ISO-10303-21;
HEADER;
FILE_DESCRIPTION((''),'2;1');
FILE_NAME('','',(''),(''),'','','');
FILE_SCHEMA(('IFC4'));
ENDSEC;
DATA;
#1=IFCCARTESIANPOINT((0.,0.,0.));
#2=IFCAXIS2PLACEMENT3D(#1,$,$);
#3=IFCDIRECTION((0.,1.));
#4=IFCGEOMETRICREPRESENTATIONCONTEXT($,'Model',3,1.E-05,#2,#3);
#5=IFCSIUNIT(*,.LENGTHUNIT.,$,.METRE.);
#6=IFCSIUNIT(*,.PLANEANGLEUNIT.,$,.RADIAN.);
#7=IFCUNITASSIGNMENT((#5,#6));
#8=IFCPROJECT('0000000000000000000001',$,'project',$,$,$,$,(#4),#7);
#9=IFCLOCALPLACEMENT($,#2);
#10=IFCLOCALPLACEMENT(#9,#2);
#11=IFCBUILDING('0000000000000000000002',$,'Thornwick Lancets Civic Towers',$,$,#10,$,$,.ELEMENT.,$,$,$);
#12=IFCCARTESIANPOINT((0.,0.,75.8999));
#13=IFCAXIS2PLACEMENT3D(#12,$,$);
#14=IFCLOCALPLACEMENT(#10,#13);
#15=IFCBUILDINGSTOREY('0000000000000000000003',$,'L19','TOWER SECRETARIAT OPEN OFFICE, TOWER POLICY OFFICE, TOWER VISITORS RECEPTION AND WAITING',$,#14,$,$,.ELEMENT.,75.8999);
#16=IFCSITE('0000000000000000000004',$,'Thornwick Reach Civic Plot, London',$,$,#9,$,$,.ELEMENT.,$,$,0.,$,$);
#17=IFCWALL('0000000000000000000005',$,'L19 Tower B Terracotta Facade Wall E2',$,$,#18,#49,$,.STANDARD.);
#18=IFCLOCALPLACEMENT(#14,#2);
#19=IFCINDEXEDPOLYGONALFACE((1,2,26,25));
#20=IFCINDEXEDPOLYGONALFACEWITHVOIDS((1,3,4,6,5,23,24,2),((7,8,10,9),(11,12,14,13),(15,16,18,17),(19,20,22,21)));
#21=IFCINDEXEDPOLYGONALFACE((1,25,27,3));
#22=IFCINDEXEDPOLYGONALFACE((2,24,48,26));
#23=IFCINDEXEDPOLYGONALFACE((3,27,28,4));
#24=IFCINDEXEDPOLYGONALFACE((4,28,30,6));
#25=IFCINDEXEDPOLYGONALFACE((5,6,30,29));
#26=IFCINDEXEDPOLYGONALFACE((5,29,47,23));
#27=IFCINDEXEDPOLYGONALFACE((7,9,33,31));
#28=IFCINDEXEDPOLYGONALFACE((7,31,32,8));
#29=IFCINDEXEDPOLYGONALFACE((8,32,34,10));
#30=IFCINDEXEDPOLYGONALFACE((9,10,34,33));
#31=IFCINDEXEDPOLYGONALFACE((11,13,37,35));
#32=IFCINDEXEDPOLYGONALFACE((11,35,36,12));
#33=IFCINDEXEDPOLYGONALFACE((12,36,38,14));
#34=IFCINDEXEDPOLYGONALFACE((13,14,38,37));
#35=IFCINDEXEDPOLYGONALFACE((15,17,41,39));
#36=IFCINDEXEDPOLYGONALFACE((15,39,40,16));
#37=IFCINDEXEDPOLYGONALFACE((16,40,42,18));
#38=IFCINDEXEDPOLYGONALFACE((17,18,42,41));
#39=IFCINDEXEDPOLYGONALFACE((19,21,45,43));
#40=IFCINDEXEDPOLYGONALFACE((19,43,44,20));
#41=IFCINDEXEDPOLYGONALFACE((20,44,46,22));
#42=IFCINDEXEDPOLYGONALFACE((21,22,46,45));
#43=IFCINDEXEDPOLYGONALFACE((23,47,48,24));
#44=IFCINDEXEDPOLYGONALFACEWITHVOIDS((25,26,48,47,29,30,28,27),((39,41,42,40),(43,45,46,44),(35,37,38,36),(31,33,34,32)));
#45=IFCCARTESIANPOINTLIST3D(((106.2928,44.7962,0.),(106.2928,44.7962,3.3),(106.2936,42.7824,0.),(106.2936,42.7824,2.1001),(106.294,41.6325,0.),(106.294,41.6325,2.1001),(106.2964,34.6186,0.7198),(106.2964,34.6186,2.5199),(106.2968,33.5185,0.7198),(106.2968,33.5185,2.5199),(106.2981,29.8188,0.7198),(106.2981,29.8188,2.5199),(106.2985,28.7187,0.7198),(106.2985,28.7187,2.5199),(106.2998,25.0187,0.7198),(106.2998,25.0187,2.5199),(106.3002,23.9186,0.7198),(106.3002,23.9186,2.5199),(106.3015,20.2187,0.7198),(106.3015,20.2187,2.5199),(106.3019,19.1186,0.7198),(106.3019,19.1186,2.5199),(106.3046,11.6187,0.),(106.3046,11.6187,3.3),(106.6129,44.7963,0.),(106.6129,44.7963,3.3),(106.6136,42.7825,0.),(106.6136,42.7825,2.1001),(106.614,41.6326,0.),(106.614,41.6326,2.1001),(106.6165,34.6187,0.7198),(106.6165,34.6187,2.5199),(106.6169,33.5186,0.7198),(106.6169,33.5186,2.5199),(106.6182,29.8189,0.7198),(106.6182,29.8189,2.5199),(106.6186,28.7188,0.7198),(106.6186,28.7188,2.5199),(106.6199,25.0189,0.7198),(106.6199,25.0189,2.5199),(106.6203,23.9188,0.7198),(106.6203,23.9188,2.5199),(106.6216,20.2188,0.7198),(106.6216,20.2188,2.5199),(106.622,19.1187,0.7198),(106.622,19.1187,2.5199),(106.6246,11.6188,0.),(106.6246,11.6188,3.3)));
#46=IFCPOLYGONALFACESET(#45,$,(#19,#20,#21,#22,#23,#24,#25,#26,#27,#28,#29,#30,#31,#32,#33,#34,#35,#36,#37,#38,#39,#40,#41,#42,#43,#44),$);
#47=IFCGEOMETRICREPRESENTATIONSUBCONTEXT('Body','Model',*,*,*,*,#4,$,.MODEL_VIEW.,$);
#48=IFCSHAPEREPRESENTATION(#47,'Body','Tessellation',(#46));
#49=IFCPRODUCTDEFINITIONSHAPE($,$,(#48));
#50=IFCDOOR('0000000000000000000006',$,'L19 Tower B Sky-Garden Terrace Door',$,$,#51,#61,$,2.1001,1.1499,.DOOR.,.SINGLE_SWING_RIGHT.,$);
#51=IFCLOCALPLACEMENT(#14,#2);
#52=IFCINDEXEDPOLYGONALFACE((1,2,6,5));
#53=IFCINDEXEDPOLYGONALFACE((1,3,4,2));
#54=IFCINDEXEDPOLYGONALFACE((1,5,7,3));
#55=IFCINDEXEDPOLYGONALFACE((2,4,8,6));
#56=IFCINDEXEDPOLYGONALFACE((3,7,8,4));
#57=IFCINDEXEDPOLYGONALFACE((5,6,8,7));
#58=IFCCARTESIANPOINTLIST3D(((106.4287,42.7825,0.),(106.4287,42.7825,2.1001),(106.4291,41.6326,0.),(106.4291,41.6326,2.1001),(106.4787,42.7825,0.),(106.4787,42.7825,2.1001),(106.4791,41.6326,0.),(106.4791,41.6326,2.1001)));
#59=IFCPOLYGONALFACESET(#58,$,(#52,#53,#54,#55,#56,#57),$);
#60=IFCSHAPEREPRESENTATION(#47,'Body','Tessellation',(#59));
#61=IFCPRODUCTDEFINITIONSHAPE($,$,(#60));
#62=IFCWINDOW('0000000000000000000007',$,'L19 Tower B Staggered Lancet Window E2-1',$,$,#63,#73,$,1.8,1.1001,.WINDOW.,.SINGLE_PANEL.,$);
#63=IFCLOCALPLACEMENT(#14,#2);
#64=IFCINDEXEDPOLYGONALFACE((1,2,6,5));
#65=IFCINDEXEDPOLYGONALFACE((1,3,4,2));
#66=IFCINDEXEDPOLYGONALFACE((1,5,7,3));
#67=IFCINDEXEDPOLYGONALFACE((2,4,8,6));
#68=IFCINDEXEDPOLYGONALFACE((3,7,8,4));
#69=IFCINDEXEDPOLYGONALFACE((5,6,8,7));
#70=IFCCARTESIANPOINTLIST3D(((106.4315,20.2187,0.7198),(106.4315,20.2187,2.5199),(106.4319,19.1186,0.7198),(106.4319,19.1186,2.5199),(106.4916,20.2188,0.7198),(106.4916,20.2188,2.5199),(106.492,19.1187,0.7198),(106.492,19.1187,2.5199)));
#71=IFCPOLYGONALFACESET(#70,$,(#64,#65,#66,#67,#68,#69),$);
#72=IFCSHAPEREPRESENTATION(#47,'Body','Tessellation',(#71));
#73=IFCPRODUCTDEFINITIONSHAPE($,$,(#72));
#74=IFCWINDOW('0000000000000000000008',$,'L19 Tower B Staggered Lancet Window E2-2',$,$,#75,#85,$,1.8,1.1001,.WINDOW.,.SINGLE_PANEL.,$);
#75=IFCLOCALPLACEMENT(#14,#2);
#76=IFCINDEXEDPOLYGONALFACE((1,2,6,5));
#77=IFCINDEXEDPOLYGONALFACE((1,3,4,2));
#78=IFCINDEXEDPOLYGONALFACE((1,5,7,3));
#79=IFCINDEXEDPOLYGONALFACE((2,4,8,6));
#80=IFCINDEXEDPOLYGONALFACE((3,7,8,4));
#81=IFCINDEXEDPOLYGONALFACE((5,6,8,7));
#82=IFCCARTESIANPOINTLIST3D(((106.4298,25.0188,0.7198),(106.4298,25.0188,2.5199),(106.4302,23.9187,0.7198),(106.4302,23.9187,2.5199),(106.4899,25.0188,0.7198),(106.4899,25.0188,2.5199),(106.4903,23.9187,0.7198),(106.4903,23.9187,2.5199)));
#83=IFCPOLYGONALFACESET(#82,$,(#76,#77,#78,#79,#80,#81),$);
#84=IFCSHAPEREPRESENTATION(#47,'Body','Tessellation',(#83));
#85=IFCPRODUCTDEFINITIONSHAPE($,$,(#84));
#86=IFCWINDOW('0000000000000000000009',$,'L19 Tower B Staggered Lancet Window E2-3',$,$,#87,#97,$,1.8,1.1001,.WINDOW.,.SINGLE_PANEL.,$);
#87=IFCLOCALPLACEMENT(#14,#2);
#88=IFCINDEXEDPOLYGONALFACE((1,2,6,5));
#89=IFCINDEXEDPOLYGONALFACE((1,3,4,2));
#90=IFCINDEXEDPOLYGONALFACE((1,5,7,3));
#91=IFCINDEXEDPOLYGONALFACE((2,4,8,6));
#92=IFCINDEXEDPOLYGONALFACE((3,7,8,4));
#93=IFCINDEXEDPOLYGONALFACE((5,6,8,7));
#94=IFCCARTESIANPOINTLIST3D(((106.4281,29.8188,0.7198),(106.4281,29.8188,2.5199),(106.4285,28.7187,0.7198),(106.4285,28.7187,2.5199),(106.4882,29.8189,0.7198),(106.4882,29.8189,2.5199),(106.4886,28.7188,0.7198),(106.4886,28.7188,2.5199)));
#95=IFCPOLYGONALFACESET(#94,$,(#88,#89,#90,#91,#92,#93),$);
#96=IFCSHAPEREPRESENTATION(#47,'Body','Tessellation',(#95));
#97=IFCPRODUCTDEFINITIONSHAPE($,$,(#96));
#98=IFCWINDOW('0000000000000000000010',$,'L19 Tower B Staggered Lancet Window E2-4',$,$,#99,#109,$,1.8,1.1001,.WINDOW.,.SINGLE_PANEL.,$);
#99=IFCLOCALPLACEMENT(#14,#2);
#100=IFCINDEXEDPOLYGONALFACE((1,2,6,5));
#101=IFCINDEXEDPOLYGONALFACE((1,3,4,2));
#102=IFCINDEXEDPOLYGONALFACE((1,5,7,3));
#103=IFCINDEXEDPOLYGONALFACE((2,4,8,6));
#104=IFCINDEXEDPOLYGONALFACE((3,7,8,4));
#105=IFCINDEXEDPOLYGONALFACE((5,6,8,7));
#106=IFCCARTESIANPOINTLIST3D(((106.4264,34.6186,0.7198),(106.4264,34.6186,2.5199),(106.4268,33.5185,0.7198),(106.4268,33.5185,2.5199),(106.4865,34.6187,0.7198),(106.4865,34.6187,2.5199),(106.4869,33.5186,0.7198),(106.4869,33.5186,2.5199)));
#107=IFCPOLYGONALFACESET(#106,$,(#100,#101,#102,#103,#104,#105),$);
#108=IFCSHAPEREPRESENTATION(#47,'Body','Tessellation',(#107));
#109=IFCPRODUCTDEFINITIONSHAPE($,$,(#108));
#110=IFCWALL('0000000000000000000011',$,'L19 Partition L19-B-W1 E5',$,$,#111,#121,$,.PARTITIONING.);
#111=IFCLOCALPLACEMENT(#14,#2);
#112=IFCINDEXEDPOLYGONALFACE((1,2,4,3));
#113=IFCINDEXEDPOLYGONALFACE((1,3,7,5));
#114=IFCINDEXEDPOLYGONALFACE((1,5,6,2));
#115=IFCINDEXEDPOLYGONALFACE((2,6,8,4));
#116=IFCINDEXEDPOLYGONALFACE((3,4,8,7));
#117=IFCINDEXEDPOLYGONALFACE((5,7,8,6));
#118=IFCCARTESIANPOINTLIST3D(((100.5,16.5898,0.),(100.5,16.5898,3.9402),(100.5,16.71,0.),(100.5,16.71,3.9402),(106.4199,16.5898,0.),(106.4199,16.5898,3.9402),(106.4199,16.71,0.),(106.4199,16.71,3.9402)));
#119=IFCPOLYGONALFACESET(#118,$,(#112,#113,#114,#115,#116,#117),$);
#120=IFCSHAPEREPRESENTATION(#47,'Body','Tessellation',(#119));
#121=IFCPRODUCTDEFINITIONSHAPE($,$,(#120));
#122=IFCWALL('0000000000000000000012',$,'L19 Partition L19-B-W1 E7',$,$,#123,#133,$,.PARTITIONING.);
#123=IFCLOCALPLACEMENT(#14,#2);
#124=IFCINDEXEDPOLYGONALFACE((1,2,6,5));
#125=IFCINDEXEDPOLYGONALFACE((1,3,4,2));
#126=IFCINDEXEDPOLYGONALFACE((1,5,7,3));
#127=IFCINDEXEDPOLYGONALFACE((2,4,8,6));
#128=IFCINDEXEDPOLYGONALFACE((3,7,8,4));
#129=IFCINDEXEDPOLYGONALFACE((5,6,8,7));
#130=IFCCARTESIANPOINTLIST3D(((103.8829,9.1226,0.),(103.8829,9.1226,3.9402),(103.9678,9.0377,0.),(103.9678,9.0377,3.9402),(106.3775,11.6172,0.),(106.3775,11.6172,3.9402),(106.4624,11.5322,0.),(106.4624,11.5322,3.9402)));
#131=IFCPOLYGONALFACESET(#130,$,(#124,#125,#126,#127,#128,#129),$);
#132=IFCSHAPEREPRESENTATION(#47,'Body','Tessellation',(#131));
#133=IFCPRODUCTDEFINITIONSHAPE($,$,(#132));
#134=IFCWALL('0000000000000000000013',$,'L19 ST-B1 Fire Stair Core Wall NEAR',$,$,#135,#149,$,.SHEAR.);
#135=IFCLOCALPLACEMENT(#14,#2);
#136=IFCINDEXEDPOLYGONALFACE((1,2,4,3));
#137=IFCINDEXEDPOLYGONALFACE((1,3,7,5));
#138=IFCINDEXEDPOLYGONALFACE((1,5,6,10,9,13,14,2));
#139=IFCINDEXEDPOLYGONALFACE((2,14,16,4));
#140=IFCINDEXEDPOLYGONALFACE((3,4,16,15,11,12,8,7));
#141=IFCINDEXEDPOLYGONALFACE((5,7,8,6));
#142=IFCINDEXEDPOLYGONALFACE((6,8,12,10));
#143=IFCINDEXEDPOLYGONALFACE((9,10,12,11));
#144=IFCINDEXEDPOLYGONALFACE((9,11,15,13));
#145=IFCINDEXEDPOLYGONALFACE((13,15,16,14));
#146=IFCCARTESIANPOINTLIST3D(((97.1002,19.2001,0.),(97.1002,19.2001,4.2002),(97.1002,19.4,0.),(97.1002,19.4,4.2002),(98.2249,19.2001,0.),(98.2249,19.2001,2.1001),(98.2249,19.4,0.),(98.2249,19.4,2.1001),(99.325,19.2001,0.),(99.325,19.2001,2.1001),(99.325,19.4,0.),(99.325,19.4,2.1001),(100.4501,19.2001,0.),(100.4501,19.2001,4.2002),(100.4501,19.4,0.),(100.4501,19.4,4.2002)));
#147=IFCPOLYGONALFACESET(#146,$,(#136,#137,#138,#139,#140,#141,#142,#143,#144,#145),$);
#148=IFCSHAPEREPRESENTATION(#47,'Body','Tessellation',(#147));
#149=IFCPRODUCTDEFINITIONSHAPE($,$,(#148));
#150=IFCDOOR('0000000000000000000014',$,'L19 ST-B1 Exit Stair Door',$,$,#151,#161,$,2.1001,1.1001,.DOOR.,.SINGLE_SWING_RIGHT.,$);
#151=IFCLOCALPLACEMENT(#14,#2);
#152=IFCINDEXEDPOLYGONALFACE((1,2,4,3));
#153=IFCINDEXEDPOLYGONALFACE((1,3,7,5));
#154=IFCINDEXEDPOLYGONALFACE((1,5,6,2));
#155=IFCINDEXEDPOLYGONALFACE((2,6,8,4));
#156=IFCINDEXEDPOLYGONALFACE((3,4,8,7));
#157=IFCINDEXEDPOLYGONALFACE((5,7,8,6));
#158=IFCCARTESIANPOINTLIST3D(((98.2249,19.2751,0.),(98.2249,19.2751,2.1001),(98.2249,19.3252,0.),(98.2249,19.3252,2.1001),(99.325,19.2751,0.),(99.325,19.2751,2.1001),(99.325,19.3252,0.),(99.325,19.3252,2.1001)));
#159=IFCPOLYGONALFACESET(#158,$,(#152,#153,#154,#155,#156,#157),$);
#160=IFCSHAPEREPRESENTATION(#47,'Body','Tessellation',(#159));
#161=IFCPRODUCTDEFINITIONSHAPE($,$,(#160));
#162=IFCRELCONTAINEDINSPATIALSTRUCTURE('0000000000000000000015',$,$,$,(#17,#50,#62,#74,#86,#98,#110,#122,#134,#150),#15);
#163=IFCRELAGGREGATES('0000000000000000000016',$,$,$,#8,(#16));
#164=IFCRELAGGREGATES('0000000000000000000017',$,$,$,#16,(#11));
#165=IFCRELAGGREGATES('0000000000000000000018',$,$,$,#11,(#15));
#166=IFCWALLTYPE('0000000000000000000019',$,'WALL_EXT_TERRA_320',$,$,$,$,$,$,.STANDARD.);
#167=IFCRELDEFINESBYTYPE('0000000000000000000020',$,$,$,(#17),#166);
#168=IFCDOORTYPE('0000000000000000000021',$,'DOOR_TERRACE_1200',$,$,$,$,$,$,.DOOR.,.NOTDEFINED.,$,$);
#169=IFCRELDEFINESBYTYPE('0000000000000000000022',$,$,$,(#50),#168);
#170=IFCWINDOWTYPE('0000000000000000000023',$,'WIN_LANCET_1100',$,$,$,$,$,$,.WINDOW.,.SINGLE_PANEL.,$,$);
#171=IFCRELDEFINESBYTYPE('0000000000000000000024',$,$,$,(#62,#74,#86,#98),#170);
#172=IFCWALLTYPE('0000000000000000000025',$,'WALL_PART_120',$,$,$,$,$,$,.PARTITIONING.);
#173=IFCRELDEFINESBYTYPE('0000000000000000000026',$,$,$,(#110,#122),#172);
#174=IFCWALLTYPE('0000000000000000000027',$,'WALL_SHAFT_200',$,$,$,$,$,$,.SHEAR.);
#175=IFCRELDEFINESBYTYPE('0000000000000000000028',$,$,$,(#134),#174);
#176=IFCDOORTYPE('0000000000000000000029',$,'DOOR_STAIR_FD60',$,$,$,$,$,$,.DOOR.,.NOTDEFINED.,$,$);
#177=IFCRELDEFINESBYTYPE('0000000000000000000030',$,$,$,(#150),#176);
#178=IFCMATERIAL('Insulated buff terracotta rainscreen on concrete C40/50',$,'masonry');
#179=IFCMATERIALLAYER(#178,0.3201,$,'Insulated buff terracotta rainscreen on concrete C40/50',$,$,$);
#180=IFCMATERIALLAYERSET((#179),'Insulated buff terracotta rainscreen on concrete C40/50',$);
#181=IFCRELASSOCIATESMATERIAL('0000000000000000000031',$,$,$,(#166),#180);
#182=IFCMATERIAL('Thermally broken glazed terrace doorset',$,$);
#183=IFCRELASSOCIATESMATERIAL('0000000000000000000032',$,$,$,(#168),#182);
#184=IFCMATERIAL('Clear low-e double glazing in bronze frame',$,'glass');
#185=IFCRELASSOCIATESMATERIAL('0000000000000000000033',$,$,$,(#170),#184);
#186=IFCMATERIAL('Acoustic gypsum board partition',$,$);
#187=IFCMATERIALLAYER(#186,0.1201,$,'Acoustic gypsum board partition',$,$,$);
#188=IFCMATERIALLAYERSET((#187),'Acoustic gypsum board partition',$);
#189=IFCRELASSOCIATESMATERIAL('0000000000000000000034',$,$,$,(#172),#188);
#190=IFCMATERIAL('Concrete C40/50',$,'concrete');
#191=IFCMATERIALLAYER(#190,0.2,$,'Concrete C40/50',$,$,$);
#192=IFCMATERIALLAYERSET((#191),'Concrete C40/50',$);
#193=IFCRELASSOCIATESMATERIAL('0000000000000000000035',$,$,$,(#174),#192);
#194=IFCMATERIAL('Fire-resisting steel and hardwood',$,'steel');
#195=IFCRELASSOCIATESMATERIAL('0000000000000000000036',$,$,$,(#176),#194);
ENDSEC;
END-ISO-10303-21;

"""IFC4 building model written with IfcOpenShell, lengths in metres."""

from ifc_helpers import new_model, si_unit, direction, frame, frame_2d, origin, place, context, subcontext, project, spatial, rectangle, extrude, material, layer, layer_set, type_object, element, fill, save


model = new_model("IFC4")

# Units and contexts
model_context = context("Model", 3, precision=1e-05, world=origin(), true_north=direction((0.0, 1.0)))
body_context = subcontext(model_context, "Body", "Model", "MODEL_VIEW")
ifc_project = project(units=[si_unit("LENGTHUNIT", "METRE"), si_unit("PLANEANGLEUNIT", "RADIAN")], contexts=[model_context])

# Site, building, storey
site_placement = place(None, origin())
site = spatial("IfcSite", under=ifc_project, at=site_placement, Name="Thornwick Reach Civic Plot, London", CompositionType="ELEMENT", RefElevation=0.0)
building_placement = place(site_placement, origin())
building = spatial("IfcBuilding", under=site, at=building_placement, Name="Thornwick Lancets Civic Towers", CompositionType="ELEMENT")
storey_placement = place(building_placement, frame((0.0, 0.0, 75.8999)))
storey = spatial("IfcBuildingStorey", under=building, at=storey_placement, Name="L19", Description="TOWER SECRETARIAT OPEN OFFICE, TOWER POLICY OFFICE, TOWER VISITORS RECEPTION AND WAITING", CompositionType="ELEMENT", Elevation=75.8999)

# Shared definitions
ifc_material_1 = material(Name="Concrete C40/50", Category="concrete")

# Wall, openings, door, windows
ifc_material_2 = material(Name="Insulated buff terracotta rainscreen on concrete C40/50", Category="masonry")
ifc_layer_1 = layer(ifc_material_2, 0.3201, Name="Insulated buff terracotta rainscreen on concrete C40/50")
ifc_layer_set_1 = layer_set([ifc_layer_1], Name="Insulated buff terracotta rainscreen on concrete C40/50")
wall_type_1 = type_object("IfcWallType", Name="WALL_EXT_TERRA_320", PredefinedType="STANDARD", material=ifc_layer_set_1)
wall_1_placement = place(storey_placement, frame((106.4646, 11.6187, 0.0), z_axis=(0.0, 0.0, 1.0), x_axis=(-0.000353, 1.0, 0.0)))
wall_1 = element("IfcWall", 1, at=wall_1_placement, inside=storey, type_object=wall_type_1, Name="L19 Tower B Terracotta Facade Wall E2", PredefinedType="STANDARD", context=body_context, shape_type="SweptSolid", body=[
    extrude(rectangle(XDim=33.1775, YDim=0.3201, at=frame_2d((16.5889, 0.0))), origin(), (0.0, 0.0, 1.0), 3.3),
])
opening_1_placement = place(wall_1_placement, frame((30.0139, 0.0, 0.0)))
opening_1 = element("IfcOpeningElement", 2, at=opening_1_placement, cuts=wall_1, PredefinedType="OPENING", context=body_context, shape_type="SweptSolid", body=[
    extrude(rectangle(XDim=1.1499, YDim=2.1001, at=frame_2d((0.575, 1.05))), frame((0.0, 0.1699, 0.0), z_axis=(0.0, -1.0, 0.0), x_axis=(1.0, 0.0, 0.0)), (0.0, 0.0, 1.0), 0.3401),
])
opening_2_placement = place(wall_1_placement, frame((7.5, 0.0, 0.72)))
opening_2 = element("IfcOpeningElement", 3, at=opening_2_placement, cuts=wall_1, PredefinedType="OPENING", context=body_context, shape_type="SweptSolid", body=[
    extrude(rectangle(XDim=1.1001, YDim=1.8, at=frame_2d((0.55, 0.8999))), frame((0.0, 0.1699, 0.0), z_axis=(0.0, -1.0, 0.0), x_axis=(1.0, 0.0, 0.0)), (0.0, 0.0, 1.0), 0.3401),
])
opening_3_placement = place(wall_1_placement, frame((12.3, 0.0, 0.72)))
opening_3 = element("IfcOpeningElement", 4, at=opening_3_placement, cuts=wall_1, PredefinedType="OPENING", context=body_context, shape_type="SweptSolid", body=[
    extrude(rectangle(XDim=1.1001, YDim=1.8, at=frame_2d((0.55, 0.8999))), frame((0.0, 0.1699, 0.0), z_axis=(0.0, -1.0, 0.0), x_axis=(1.0, 0.0, 0.0)), (0.0, 0.0, 1.0), 0.3401),
])
opening_4_placement = place(wall_1_placement, frame((17.1001, 0.0, 0.72)))
opening_4 = element("IfcOpeningElement", 5, at=opening_4_placement, cuts=wall_1, PredefinedType="OPENING", context=body_context, shape_type="SweptSolid", body=[
    extrude(rectangle(XDim=1.1001, YDim=1.8, at=frame_2d((0.55, 0.8999))), frame((0.0, 0.1699, 0.0), z_axis=(0.0, -1.0, 0.0), x_axis=(1.0, 0.0, 0.0)), (0.0, 0.0, 1.0), 0.3401),
])
opening_5_placement = place(wall_1_placement, frame((21.8999, 0.0, 0.72)))
opening_5 = element("IfcOpeningElement", 6, at=opening_5_placement, cuts=wall_1, PredefinedType="OPENING", context=body_context, shape_type="SweptSolid", body=[
    extrude(rectangle(XDim=1.1001, YDim=1.8, at=frame_2d((0.55, 0.8999))), frame((0.0, 0.1699, 0.0), z_axis=(0.0, -1.0, 0.0), x_axis=(1.0, 0.0, 0.0)), (0.0, 0.0, 1.0), 0.3401),
])
ifc_material_3 = material(Name="Thermally broken glazed terrace doorset")
door_type_1 = type_object("IfcDoorType", Name="DOOR_TERRACE_1200", OperationType="NOTDEFINED", PredefinedType="DOOR", material=ifc_material_3)
door_1_placement = place(opening_1_placement, origin())
door_1 = element("IfcDoor", 7, at=door_1_placement, inside=storey, type_object=door_type_1, Name="L19 Tower B Sky-Garden Terrace Door", OperationType="SINGLE_SWING_RIGHT", OverallHeight=2.1001, OverallWidth=1.1499, PredefinedType="DOOR", context=body_context, shape_type="SweptSolid", body=[
    extrude(rectangle(XDim=1.1499, YDim=2.1001, at=frame_2d((0.575, 1.05))), frame((0.0, 0.0249, 0.0), z_axis=(0.0, -1.0, 0.0), x_axis=(1.0, 0.0, 0.0)), (0.0, 0.0, 1.0), 0.05),
])
fill(opening_1, door_1)
ifc_material_4 = material(Name="Clear low-e double glazing in bronze frame", Category="glass")
window_type = type_object("IfcWindowType", Name="WIN_LANCET_1100", PartitioningType="SINGLE_PANEL", PredefinedType="WINDOW", material=ifc_material_4)
window_1_placement = place(opening_2_placement, origin())
window_1 = element("IfcWindow", 8, at=window_1_placement, inside=storey, type_object=window_type, Name="L19 Tower B Staggered Lancet Window E2-1", OverallHeight=1.8, OverallWidth=1.1001, PartitioningType="SINGLE_PANEL", PredefinedType="WINDOW", context=body_context, shape_type="SweptSolid", body=[
    extrude(rectangle(XDim=1.1001, YDim=1.8, at=frame_2d((0.55, 0.8999))), frame((0.0, 0.03, 0.0), z_axis=(0.0, -1.0, 0.0), x_axis=(1.0, 0.0, 0.0)), (0.0, 0.0, 1.0), 0.0601),
])
fill(opening_2, window_1)
window_2_placement = place(opening_3_placement, origin())
window_2 = element("IfcWindow", 9, at=window_2_placement, inside=storey, type_object=window_type, Name="L19 Tower B Staggered Lancet Window E2-2", OverallHeight=1.8, OverallWidth=1.1001, PartitioningType="SINGLE_PANEL", PredefinedType="WINDOW", context=body_context, shape_type="SweptSolid", body=[
    extrude(rectangle(XDim=1.1001, YDim=1.8, at=frame_2d((0.55, 0.8999))), frame((0.0, 0.03, 0.0), z_axis=(0.0, -1.0, 0.0), x_axis=(1.0, 0.0, 0.0)), (0.0, 0.0, 1.0), 0.0601),
])
fill(opening_3, window_2)
window_3_placement = place(opening_4_placement, origin())
window_3 = element("IfcWindow", 10, at=window_3_placement, inside=storey, type_object=window_type, Name="L19 Tower B Staggered Lancet Window E2-3", OverallHeight=1.8, OverallWidth=1.1001, PartitioningType="SINGLE_PANEL", PredefinedType="WINDOW", context=body_context, shape_type="SweptSolid", body=[
    extrude(rectangle(XDim=1.1001, YDim=1.8, at=frame_2d((0.55, 0.8999))), frame((0.0, 0.03, 0.0), z_axis=(0.0, -1.0, 0.0), x_axis=(1.0, 0.0, 0.0)), (0.0, 0.0, 1.0), 0.0601),
])
fill(opening_4, window_3)
window_4_placement = place(opening_5_placement, origin())
window_4 = element("IfcWindow", 11, at=window_4_placement, inside=storey, type_object=window_type, Name="L19 Tower B Staggered Lancet Window E2-4", OverallHeight=1.8, OverallWidth=1.1001, PartitioningType="SINGLE_PANEL", PredefinedType="WINDOW", context=body_context, shape_type="SweptSolid", body=[
    extrude(rectangle(XDim=1.1001, YDim=1.8, at=frame_2d((0.55, 0.8999))), frame((0.0, 0.03, 0.0), z_axis=(0.0, -1.0, 0.0), x_axis=(1.0, 0.0, 0.0)), (0.0, 0.0, 1.0), 0.0601),
])
fill(opening_5, window_4)

# Walls
ifc_material_5 = material(Name="Acoustic gypsum board partition")
ifc_layer_2 = layer(ifc_material_5, 0.1201, Name="Acoustic gypsum board partition")
ifc_layer_set_2 = layer_set([ifc_layer_2], Name="Acoustic gypsum board partition")
wall_type_2 = type_object("IfcWallType", Name="WALL_PART_120", PredefinedType="PARTITIONING", material=ifc_layer_set_2)
wall_2_placement = place(storey_placement, frame((100.5, 16.6499, 0.0), z_axis=(0.0, 0.0, 1.0), x_axis=(1.0, 0.0, 0.0)))
element("IfcWall", 12, at=wall_2_placement, inside=storey, type_object=wall_type_2, Name="L19 Partition L19-B-W1 E5", PredefinedType="PARTITIONING", context=body_context, shape_type="SweptSolid", body=[
    extrude(rectangle(XDim=5.9199, YDim=0.1201, at=frame_2d((2.96, 0.0))), origin(), (0.0, 0.0, 1.0), 3.9402),
])
wall_3_placement = place(storey_placement, frame((106.4199, 11.5747, 0.0), z_axis=(0.0, 0.0, 1.0), x_axis=(-0.707107, -0.707107, 0.0)))
element("IfcWall", 13, at=wall_3_placement, inside=storey, type_object=wall_type_2, Name="L19 Partition L19-B-W1 E7", PredefinedType="PARTITIONING", context=body_context, shape_type="SweptSolid", body=[
    extrude(rectangle(XDim=3.5278, YDim=0.1201, at=frame_2d((1.7639, 0.0))), origin(), (0.0, 0.0, 1.0), 3.9402),
])

# Wall, opening, door
ifc_layer_3 = layer(ifc_material_1, 0.2, Name="Concrete C40/50")
ifc_layer_set_3 = layer_set([ifc_layer_3], Name="Concrete C40/50")
wall_type_3 = type_object("IfcWallType", Name="WALL_SHAFT_200", PredefinedType="SHEAR", material=ifc_layer_set_3)
wall_4_placement = place(storey_placement, frame((100.45, 19.3, 0.0), z_axis=(0.0, 0.0, 1.0), x_axis=(-1.0, 0.0, 0.0)))
wall_4 = element("IfcWall", 14, at=wall_4_placement, inside=storey, type_object=wall_type_3, Name="L19 ST-B1 Fire Stair Core Wall NEAR", PredefinedType="SHEAR", context=body_context, shape_type="SweptSolid", body=[
    extrude(rectangle(XDim=3.3499, YDim=0.2, at=frame_2d((1.6748, 0.0))), origin(), (0.0, 0.0, 1.0), 4.2002),
])
opening_6_placement = place(wall_4_placement, frame((1.125, 0.0, 0.0)))
opening_6 = element("IfcOpeningElement", 15, at=opening_6_placement, cuts=wall_4, PredefinedType="OPENING", context=body_context, shape_type="SweptSolid", body=[
    extrude(rectangle(XDim=1.1001, YDim=2.1001, at=frame_2d((0.55, 1.05))), frame((0.0, 0.1099, 0.0), z_axis=(0.0, -1.0, 0.0), x_axis=(1.0, 0.0, 0.0)), (0.0, 0.0, 1.0), 0.22),
])
ifc_material_6 = material(Name="Fire-resisting steel and hardwood", Category="steel")
door_type_2 = type_object("IfcDoorType", Name="DOOR_STAIR_FD60", OperationType="NOTDEFINED", PredefinedType="DOOR", material=ifc_material_6)
door_2_placement = place(opening_6_placement, origin())
door_2 = element("IfcDoor", 16, at=door_2_placement, inside=storey, type_object=door_type_2, Name="L19 ST-B1 Exit Stair Door", OperationType="SINGLE_SWING_RIGHT", OverallHeight=2.1001, OverallWidth=1.1001, PredefinedType="DOOR", context=body_context, shape_type="SweptSolid", body=[
    extrude(rectangle(XDim=1.1001, YDim=2.1001, at=frame_2d((0.55, 1.05))), frame((0.0, 0.0249, 0.0), z_axis=(0.0, -1.0, 0.0), x_axis=(1.0, 0.0, 0.0)), (0.0, 0.0, 1.0), 0.05),
])
fill(opening_6, door_2)

save(model, "model.ifc")
